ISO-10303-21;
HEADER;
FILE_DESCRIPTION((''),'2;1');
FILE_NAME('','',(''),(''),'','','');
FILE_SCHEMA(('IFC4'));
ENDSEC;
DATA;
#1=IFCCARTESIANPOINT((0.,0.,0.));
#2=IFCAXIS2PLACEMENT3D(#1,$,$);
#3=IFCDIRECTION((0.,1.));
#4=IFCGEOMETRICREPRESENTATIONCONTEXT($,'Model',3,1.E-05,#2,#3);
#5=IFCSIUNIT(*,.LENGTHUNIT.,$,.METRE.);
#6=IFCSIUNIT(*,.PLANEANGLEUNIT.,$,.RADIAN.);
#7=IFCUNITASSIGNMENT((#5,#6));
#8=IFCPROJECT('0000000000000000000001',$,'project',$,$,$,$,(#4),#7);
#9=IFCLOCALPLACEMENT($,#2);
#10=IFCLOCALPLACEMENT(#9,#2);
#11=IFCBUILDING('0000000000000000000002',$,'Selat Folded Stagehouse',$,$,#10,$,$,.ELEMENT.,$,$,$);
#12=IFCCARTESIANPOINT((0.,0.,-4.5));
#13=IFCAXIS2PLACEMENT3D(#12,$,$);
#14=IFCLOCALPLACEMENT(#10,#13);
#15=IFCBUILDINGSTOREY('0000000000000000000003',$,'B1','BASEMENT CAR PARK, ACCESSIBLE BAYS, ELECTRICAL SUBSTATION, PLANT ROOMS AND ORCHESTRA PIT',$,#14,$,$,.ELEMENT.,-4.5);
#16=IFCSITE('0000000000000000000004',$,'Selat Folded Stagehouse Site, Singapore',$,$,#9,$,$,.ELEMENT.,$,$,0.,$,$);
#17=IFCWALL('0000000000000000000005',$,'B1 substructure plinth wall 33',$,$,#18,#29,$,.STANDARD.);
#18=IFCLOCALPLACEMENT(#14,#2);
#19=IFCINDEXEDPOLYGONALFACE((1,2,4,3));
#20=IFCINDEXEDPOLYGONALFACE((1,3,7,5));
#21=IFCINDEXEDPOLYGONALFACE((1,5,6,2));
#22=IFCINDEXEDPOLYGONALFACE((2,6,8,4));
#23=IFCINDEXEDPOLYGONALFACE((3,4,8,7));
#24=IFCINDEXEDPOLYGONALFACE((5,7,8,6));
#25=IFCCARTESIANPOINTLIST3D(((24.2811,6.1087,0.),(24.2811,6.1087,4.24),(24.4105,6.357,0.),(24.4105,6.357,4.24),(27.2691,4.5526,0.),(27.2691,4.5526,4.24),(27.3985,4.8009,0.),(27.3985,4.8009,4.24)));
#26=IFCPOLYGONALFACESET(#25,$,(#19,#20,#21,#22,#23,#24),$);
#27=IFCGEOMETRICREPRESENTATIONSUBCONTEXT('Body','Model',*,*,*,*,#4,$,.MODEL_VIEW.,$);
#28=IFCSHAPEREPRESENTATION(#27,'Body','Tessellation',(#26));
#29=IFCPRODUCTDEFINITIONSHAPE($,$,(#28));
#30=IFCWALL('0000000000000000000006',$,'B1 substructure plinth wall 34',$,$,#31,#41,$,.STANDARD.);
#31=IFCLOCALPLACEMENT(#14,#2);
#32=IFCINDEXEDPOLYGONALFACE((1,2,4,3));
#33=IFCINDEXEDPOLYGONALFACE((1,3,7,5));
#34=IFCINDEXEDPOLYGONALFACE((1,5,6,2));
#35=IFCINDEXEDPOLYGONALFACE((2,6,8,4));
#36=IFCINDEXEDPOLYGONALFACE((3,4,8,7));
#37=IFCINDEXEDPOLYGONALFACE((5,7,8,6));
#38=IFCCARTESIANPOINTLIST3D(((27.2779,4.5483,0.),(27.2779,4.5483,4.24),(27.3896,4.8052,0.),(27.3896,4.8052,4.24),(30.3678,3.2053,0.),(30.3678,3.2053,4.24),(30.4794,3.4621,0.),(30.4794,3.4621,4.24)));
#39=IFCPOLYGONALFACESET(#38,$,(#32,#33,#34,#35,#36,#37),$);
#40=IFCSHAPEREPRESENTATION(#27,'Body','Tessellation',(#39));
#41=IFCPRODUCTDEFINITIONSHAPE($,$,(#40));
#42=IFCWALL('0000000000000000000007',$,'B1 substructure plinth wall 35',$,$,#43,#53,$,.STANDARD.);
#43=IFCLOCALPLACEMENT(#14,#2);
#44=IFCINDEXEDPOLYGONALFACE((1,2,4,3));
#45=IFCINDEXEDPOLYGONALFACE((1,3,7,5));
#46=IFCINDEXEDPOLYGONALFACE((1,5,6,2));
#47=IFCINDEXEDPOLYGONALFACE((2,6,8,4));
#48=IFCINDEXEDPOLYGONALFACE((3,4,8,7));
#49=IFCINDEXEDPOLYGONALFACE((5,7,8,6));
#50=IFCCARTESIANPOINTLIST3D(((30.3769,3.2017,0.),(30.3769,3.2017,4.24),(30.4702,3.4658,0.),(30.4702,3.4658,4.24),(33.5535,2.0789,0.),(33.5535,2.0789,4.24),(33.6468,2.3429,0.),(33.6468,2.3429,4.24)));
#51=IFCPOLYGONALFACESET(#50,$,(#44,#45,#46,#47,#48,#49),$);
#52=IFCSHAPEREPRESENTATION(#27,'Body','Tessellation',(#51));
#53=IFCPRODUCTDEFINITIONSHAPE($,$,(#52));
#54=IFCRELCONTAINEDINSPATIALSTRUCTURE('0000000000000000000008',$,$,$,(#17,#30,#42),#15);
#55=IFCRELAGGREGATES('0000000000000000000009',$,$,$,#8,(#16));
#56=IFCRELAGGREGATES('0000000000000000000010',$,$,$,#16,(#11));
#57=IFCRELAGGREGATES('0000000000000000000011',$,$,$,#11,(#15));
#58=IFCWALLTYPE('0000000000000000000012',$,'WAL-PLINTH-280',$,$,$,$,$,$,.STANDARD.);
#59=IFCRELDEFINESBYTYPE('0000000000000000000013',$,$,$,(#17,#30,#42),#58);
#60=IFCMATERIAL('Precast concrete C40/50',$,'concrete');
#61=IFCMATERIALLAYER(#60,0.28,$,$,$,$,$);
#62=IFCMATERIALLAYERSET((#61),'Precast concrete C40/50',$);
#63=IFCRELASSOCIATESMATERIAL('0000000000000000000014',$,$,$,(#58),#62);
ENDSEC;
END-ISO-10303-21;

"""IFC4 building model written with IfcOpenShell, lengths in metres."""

from ifc_helpers import new_model, si_unit, direction, frame, frame_2d, origin, place, context, subcontext, project, spatial, rectangle, extrude, material, layer, layer_set, type_object, element, save


model = new_model("IFC4")

# Units and contexts
model_context = context("Model", 3, precision=1e-05, world=origin(), true_north=direction((0.0, 1.0)))
body_context = subcontext(model_context, "Body", "Model", "MODEL_VIEW")
ifc_project = project(units=[si_unit("LENGTHUNIT", "METRE"), si_unit("PLANEANGLEUNIT", "RADIAN")], contexts=[model_context])

# Site, building, storey
site_placement = place(None, origin())
site = spatial("IfcSite", under=ifc_project, at=site_placement, Name="Selat Folded Stagehouse Site, Singapore", CompositionType="ELEMENT", RefElevation=0.0)
building_placement = place(site_placement, origin())
building = spatial("IfcBuilding", under=site, at=building_placement, Name="Selat Folded Stagehouse", CompositionType="ELEMENT")
storey_placement = place(building_placement, frame((0.0, 0.0, -4.5)))
storey = spatial("IfcBuildingStorey", under=building, at=storey_placement, Name="B1", Description="BASEMENT CAR PARK, ACCESSIBLE BAYS, ELECTRICAL SUBSTATION, PLANT ROOMS AND ORCHESTRA PIT", CompositionType="ELEMENT", Elevation=-4.5)

# Walls
ifc_material_1 = material(Name="Precast concrete C40/50", Category="concrete")
ifc_layer_1 = layer(ifc_material_1, 0.28)
ifc_layer_set_1 = layer_set([ifc_layer_1], Name="Precast concrete C40/50")
wall_type_1 = type_object("IfcWallType", Name="WAL-PLINTH-280", PredefinedType="STANDARD", material=ifc_layer_set_1)
for number, where, z_axis, x_axis, name in (
    (1, (24.3457, 6.2329, 0.0), (0.0, 0.0, 1.0), (0.886928, -0.461907, 0.0), "B1 substructure plinth wall 33"),
):
    element("IfcWall", number, at=place(storey_placement, frame(where, z_axis=z_axis, x_axis=x_axis)), inside=storey, type_object=wall_type_1, Name=name, PredefinedType="STANDARD", context=body_context, shape_type="SweptSolid", body=[
        extrude(rectangle(XDim=3.3689, YDim=0.28, at=frame_2d((1.6846, 0.0))), origin(), (0.0, 0.0, 1.0), 4.24),
    ])
for number, where, z_axis, x_axis, name in (
    (2, (27.3337, 4.6768, 0.0), (0.0, 0.0, 1.0), (0.917113, -0.398628, 0.0), "B1 substructure plinth wall 34"),
    (3, (30.4236, 3.3337, 0.0), (0.0, 0.0, 1.0), (0.942834, -0.333264, 0.0), "B1 substructure plinth wall 35"),
):
    element("IfcWall", number, at=place(storey_placement, frame(where, z_axis=z_axis, x_axis=x_axis)), inside=storey, type_object=wall_type_1, Name=name, PredefinedType="STANDARD", context=body_context, shape_type="SweptSolid", body=[
        extrude(rectangle(XDim=3.3691, YDim=0.28, at=frame_2d((1.6846, 0.0))), origin(), (0.0, 0.0, 1.0), 4.24),
    ])

save(model, "model.ifc")
